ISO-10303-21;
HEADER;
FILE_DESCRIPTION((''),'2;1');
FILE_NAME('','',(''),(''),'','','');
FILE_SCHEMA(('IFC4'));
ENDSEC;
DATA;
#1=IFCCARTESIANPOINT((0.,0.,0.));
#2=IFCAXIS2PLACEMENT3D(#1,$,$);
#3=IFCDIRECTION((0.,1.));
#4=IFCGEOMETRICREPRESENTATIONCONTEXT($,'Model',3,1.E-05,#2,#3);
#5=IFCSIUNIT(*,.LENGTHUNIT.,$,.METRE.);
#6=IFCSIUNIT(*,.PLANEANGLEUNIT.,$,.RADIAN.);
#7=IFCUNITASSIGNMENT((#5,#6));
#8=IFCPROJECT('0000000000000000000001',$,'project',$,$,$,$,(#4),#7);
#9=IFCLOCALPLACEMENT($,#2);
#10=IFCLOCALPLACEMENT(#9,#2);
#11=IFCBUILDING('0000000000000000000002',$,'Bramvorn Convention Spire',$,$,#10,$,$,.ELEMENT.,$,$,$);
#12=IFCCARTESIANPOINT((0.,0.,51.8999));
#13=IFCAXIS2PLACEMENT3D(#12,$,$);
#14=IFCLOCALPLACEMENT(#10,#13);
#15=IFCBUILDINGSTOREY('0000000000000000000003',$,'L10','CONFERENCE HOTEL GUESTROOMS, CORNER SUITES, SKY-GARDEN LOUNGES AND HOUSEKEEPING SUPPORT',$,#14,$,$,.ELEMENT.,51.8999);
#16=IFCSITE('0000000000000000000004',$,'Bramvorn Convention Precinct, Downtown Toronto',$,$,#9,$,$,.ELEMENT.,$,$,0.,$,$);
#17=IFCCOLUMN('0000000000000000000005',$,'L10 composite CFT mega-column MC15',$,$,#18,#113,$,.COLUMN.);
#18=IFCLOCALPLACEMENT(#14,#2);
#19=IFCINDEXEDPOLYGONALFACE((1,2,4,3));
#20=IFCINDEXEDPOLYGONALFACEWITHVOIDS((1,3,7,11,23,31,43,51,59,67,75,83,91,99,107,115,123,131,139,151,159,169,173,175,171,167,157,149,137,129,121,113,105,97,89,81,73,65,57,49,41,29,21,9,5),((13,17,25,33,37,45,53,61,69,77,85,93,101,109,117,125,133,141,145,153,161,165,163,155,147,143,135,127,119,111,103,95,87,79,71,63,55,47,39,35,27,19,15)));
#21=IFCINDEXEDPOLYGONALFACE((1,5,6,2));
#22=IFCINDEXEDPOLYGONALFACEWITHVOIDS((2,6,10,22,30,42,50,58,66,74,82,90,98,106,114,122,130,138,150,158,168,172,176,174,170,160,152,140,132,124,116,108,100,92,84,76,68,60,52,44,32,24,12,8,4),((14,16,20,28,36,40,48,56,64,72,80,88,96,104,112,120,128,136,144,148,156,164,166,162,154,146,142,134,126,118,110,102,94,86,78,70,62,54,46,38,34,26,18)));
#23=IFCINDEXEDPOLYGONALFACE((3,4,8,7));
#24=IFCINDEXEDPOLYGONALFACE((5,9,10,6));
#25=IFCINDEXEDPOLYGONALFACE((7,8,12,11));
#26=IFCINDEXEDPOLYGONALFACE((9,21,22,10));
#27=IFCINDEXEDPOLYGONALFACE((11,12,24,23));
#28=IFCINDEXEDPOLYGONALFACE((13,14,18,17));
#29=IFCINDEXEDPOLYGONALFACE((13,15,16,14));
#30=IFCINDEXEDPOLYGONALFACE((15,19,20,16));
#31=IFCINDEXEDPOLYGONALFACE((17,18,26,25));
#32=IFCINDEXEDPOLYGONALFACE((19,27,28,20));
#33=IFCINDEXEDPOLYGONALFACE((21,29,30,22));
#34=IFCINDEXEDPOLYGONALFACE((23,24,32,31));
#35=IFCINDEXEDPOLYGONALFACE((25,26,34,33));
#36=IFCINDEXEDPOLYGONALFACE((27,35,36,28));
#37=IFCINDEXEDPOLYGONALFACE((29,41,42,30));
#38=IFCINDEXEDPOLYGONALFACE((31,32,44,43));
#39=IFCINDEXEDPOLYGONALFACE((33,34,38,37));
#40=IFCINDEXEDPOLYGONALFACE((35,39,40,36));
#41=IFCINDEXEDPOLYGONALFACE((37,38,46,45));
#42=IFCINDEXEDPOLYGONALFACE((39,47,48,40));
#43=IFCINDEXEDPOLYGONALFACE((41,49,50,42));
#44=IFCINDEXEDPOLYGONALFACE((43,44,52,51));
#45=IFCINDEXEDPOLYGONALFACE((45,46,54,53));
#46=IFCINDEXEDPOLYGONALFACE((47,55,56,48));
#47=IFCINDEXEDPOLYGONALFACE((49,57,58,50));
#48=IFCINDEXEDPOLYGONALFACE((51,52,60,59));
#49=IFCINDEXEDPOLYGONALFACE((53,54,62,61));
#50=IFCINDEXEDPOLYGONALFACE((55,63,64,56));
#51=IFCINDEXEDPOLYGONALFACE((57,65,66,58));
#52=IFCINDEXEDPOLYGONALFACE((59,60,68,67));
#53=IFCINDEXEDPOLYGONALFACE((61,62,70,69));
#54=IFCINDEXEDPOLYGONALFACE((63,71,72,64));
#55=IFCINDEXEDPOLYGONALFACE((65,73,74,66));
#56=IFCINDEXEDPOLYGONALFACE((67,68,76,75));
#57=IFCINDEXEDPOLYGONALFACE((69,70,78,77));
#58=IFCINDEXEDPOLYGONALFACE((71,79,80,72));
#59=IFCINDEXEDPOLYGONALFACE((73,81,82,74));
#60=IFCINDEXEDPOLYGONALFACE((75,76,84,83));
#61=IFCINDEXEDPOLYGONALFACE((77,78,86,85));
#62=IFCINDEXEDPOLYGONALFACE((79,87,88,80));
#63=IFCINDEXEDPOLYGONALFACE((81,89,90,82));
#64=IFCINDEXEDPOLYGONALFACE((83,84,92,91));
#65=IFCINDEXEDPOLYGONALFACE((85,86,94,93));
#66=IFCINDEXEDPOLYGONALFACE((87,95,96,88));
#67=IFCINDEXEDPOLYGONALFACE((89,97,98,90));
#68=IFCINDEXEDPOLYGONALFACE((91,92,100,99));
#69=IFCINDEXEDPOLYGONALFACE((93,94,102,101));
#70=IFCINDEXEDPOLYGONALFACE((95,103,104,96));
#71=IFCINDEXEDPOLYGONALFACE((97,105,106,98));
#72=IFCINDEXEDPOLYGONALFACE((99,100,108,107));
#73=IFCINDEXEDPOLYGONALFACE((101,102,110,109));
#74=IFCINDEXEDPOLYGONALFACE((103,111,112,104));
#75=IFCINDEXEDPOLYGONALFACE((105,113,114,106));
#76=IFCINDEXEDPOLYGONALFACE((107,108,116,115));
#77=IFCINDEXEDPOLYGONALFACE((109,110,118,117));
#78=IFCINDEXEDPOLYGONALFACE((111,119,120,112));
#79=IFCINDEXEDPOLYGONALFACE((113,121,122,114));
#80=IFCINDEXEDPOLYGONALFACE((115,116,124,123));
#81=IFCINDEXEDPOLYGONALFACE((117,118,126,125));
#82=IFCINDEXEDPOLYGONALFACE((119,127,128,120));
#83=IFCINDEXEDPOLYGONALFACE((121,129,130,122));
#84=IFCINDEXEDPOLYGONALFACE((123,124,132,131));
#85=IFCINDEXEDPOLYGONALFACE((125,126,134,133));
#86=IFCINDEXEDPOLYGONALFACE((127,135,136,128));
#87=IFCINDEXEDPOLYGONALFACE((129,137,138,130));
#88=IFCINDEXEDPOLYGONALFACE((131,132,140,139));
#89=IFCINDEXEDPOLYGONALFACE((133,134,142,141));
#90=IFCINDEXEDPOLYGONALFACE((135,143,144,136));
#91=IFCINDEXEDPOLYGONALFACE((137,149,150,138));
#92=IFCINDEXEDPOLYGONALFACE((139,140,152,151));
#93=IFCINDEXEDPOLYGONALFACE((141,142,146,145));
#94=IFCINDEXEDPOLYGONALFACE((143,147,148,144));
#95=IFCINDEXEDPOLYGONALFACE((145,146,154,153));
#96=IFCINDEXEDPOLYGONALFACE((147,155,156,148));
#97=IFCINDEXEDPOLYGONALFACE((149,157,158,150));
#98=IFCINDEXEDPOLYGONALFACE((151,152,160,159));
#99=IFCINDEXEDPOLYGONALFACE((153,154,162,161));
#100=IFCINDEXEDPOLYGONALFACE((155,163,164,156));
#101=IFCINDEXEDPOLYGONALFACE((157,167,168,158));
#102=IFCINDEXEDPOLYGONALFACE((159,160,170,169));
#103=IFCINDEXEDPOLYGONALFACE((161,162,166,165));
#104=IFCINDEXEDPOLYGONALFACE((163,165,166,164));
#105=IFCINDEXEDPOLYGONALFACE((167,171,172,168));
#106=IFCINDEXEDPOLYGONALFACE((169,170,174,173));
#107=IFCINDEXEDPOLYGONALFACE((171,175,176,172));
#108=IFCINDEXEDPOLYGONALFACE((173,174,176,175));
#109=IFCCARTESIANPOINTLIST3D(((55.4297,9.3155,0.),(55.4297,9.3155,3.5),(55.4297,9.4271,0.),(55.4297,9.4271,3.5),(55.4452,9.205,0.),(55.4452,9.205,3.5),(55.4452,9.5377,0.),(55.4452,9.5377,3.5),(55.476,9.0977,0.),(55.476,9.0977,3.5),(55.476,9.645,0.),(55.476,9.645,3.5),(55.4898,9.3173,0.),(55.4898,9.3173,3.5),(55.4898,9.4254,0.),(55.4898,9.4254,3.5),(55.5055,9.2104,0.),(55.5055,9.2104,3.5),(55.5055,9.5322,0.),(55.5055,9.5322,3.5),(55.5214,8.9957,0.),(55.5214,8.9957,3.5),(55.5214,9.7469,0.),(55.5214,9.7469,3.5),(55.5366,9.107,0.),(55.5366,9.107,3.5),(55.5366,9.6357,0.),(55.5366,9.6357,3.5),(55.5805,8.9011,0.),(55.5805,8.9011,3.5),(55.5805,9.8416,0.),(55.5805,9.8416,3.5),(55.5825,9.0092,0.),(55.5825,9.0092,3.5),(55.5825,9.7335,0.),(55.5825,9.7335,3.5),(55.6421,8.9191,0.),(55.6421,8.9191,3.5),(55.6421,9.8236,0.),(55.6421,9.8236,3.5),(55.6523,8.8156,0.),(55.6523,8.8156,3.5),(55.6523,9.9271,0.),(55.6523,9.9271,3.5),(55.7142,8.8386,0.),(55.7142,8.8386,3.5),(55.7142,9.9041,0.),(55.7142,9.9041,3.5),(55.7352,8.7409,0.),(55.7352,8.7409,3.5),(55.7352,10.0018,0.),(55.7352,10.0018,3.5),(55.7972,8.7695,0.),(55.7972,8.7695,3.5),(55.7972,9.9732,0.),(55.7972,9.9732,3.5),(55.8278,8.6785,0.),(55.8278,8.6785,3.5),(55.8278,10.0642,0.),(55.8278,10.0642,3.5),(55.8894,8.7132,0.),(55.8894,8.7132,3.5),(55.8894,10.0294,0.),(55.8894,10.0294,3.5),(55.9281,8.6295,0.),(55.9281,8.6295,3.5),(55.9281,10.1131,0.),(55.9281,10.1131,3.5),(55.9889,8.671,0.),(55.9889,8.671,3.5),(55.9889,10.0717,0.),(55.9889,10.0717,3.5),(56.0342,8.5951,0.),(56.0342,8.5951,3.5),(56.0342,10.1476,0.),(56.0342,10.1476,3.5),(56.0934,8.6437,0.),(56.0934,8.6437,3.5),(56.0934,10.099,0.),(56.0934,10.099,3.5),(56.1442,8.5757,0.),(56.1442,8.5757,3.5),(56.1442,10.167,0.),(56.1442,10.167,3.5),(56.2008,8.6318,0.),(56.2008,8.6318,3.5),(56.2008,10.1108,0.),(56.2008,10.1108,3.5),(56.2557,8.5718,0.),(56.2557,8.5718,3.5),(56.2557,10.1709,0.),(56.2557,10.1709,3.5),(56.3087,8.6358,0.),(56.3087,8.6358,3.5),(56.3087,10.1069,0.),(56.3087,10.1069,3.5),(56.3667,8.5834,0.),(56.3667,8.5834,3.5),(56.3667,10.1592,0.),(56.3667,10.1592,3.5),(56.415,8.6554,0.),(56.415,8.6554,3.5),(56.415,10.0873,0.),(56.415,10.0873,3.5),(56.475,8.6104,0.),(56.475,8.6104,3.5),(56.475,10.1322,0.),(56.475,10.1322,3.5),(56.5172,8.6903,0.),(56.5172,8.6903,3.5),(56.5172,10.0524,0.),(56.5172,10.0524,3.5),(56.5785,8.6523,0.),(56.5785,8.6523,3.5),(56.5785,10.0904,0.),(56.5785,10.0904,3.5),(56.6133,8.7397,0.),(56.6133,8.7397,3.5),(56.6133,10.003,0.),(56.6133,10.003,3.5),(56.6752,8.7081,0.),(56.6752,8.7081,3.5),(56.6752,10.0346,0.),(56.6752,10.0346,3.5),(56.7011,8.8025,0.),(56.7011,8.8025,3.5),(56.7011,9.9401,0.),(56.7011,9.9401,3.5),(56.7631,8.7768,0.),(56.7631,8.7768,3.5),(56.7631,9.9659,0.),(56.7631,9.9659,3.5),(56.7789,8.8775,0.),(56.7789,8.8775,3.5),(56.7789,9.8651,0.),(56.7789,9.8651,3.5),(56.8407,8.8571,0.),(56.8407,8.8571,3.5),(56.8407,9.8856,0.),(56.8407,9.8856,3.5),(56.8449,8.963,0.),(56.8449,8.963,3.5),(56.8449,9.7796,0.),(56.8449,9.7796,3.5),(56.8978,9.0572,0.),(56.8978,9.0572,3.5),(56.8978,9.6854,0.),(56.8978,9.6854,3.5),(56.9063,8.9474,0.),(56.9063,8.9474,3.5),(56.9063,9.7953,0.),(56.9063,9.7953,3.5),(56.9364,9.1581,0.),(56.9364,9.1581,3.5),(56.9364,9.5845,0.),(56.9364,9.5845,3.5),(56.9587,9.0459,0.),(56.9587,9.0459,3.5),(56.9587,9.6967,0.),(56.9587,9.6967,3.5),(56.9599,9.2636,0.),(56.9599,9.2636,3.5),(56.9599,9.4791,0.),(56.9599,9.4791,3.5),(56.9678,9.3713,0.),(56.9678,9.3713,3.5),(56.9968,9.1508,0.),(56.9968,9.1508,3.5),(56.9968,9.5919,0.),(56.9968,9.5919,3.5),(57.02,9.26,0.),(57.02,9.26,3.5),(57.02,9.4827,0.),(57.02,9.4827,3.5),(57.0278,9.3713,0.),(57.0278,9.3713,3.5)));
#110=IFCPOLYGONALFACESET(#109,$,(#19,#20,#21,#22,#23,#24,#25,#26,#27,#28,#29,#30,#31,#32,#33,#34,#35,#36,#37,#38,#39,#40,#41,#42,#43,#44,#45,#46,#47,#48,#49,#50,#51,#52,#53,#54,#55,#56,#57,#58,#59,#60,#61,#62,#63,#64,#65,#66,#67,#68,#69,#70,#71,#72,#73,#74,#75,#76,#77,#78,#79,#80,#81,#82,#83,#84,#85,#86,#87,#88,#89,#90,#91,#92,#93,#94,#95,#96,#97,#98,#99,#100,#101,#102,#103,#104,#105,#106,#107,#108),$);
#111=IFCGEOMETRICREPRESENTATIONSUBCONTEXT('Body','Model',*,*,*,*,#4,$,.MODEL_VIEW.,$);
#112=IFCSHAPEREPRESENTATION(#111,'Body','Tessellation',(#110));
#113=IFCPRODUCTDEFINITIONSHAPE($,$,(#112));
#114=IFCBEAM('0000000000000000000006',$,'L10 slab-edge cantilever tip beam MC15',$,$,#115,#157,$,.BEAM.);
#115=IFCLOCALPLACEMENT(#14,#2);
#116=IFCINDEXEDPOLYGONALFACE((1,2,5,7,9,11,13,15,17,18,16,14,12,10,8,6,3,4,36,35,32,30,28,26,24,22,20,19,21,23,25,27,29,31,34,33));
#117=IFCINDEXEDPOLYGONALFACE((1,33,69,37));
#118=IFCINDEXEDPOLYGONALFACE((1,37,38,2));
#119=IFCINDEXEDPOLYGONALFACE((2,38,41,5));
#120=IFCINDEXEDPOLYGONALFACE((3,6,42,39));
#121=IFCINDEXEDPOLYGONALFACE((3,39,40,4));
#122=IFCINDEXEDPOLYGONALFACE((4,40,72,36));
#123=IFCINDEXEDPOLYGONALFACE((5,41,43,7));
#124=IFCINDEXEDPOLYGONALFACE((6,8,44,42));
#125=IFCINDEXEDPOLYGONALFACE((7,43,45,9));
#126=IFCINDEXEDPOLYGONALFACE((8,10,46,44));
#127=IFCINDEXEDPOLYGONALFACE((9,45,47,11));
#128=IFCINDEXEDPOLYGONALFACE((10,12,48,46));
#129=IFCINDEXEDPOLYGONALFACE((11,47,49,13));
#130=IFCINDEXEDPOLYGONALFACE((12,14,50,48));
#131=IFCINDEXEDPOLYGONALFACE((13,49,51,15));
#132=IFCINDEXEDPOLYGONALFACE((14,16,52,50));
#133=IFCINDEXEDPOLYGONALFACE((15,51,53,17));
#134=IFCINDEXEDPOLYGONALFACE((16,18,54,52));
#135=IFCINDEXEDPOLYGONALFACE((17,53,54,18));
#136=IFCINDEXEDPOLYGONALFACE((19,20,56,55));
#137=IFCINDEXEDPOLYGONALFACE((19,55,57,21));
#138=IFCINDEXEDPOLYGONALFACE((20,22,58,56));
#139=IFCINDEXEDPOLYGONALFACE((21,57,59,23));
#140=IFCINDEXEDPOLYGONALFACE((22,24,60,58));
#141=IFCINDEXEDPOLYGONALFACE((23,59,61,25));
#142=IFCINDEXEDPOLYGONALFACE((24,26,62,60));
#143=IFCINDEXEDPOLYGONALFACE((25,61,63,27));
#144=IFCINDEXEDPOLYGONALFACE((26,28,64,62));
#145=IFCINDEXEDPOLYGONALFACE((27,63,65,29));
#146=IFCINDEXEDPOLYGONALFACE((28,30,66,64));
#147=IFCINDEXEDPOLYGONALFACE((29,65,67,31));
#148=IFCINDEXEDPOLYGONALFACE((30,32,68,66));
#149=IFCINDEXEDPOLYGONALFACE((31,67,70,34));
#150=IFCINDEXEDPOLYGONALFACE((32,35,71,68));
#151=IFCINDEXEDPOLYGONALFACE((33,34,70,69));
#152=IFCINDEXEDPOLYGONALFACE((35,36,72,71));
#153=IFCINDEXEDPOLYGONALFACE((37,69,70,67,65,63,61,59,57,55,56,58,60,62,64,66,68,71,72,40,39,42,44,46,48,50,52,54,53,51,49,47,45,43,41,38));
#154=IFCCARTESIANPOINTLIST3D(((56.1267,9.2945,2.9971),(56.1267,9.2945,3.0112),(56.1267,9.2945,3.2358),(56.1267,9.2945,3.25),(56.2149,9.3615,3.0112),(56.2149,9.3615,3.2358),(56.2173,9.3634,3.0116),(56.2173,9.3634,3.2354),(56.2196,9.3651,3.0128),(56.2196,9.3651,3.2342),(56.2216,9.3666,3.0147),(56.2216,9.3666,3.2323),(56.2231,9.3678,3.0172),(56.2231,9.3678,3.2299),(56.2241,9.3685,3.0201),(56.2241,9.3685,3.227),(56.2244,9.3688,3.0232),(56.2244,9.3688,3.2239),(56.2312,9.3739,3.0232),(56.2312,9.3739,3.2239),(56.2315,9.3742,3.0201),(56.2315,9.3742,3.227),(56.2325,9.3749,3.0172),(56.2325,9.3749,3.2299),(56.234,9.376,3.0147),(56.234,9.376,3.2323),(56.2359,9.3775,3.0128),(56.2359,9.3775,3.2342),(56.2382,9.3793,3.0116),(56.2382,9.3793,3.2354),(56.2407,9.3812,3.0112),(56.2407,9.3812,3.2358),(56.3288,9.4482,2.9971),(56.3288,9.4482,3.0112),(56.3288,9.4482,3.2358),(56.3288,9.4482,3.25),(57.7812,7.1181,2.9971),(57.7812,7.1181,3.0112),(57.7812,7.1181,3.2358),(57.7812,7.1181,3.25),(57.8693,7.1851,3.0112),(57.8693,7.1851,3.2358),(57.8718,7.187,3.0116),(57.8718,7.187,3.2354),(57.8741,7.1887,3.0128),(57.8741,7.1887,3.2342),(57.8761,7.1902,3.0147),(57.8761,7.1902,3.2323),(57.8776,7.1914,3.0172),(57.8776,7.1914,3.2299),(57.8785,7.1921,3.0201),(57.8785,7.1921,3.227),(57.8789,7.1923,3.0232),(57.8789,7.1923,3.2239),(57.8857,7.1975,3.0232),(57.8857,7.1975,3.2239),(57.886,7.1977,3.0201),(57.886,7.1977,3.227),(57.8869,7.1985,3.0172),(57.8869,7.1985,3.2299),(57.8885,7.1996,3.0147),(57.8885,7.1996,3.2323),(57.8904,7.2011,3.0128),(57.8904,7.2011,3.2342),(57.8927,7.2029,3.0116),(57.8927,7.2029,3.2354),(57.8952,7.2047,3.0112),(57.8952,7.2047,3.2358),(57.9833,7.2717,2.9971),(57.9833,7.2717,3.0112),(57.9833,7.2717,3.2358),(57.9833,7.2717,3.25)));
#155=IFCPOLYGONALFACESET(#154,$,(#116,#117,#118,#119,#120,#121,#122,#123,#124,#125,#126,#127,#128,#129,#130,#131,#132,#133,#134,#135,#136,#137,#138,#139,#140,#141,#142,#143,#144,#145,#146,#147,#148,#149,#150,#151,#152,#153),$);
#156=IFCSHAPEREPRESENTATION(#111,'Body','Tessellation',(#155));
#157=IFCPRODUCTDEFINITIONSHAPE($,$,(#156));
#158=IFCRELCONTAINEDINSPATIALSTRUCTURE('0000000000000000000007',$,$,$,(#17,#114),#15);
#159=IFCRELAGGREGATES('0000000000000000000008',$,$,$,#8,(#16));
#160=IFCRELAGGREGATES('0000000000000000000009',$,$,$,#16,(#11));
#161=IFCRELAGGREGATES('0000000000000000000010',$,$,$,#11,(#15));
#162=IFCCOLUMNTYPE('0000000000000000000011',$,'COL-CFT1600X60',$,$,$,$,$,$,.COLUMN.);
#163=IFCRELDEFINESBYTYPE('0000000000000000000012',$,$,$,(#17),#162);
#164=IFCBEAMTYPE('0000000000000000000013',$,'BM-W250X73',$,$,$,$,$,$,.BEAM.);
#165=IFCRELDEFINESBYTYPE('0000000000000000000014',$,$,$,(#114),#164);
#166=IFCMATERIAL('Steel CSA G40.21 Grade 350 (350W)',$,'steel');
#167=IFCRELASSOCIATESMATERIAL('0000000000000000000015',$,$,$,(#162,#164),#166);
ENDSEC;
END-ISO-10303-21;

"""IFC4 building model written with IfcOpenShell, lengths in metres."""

from ifc_helpers import new_model, si_unit, direction, frame, origin, origin_2d, place, context, subcontext, project, spatial, hollow_circle, i_section, extrude, material, material_profile, profile_set, type_object, element, save


model = new_model("IFC4")

# Units and contexts
model_context = context("Model", 3, precision=1e-05, world=origin(), true_north=direction((0.0, 1.0)))
body_context = subcontext(model_context, "Body", "Model", "MODEL_VIEW")
ifc_project = project(units=[si_unit("LENGTHUNIT", "METRE"), si_unit("PLANEANGLEUNIT", "RADIAN")], contexts=[model_context])

# Site, building, storey
site_placement = place(None, origin())
site = spatial("IfcSite", under=ifc_project, at=site_placement, Name="Bramvorn Convention Precinct, Downtown Toronto", CompositionType="ELEMENT", RefElevation=0.0)
building_placement = place(site_placement, origin())
building = spatial("IfcBuilding", under=site, at=building_placement, Name="Bramvorn Convention Spire", CompositionType="ELEMENT")
storey_placement = place(building_placement, frame((0.0, 0.0, 51.8999)))
storey = spatial("IfcBuildingStorey", under=building, at=storey_placement, Name="L10", Description="CONFERENCE HOTEL GUESTROOMS, CORNER SUITES, SKY-GARDEN LOUNGES AND HOUSEKEEPING SUPPORT", CompositionType="ELEMENT", Elevation=51.8999)

# Column
ifc_material_1 = material(Name="Steel CSA G40.21 Grade 350 (350W)", Category="steel")
ifc_material_profile_1 = material_profile(ifc_material_1, hollow_circle(Radius=0.8, WallThickness=0.0601, at=origin_2d()))
ifc_profile_set_1 = profile_set([ifc_material_profile_1], Name="Steel CSA G40.21 Grade 350 (350W) - CFT1600X60")
column_type = type_object("IfcColumnType", Name="COL-CFT1600X60", PredefinedType="COLUMN", material=ifc_profile_set_1)
column_placement = place(storey_placement, frame((56.2278, 9.3713, 0.0), z_axis=(0.0, 0.0, 1.0), x_axis=(1.0, 0.0, 0.0)))
element("IfcColumn", 1, at=column_placement, inside=storey, type_object=column_type, Name="L10 composite CFT mega-column MC15", PredefinedType="COLUMN", context=body_context, shape_type="SweptSolid", body=[
    extrude(hollow_circle(Radius=0.8, WallThickness=0.0601, at=origin_2d()), origin(), (0.0, 0.0, 1.0), 3.5),
])

# Beam
ifc_material_profile_2 = material_profile(ifc_material_1, i_section(OverallWidth=0.2539, OverallDepth=0.2529, WebThickness=0.0085, FlangeThickness=0.0142, FilletRadius=0.012, at=origin_2d()))
ifc_profile_set_2 = profile_set([ifc_material_profile_2], Name="Steel CSA G40.21 Grade 350 (350W) - W250X73")
beam_type_1 = type_object("IfcBeamType", Name="BM-W250X73", PredefinedType="BEAM", material=ifc_profile_set_2)
beam_1_placement = place(storey_placement, frame((56.2278, 9.3713, 3.1235), z_axis=(0.605174, -0.796093, 0.0), x_axis=(0.796093, 0.605174, 0.0)))
element("IfcBeam", 2, at=beam_1_placement, inside=storey, type_object=beam_type_1, Name="L10 slab-edge cantilever tip beam MC15", PredefinedType="BEAM", context=body_context, shape_type="SweptSolid", body=[
    extrude(i_section(OverallWidth=0.2539, OverallDepth=0.2529, WebThickness=0.0085, FlangeThickness=0.0142, FilletRadius=0.012, at=origin_2d()), origin(), (0.0, 0.0, 1.0), 2.7339),
])

save(model, "model.ifc")
